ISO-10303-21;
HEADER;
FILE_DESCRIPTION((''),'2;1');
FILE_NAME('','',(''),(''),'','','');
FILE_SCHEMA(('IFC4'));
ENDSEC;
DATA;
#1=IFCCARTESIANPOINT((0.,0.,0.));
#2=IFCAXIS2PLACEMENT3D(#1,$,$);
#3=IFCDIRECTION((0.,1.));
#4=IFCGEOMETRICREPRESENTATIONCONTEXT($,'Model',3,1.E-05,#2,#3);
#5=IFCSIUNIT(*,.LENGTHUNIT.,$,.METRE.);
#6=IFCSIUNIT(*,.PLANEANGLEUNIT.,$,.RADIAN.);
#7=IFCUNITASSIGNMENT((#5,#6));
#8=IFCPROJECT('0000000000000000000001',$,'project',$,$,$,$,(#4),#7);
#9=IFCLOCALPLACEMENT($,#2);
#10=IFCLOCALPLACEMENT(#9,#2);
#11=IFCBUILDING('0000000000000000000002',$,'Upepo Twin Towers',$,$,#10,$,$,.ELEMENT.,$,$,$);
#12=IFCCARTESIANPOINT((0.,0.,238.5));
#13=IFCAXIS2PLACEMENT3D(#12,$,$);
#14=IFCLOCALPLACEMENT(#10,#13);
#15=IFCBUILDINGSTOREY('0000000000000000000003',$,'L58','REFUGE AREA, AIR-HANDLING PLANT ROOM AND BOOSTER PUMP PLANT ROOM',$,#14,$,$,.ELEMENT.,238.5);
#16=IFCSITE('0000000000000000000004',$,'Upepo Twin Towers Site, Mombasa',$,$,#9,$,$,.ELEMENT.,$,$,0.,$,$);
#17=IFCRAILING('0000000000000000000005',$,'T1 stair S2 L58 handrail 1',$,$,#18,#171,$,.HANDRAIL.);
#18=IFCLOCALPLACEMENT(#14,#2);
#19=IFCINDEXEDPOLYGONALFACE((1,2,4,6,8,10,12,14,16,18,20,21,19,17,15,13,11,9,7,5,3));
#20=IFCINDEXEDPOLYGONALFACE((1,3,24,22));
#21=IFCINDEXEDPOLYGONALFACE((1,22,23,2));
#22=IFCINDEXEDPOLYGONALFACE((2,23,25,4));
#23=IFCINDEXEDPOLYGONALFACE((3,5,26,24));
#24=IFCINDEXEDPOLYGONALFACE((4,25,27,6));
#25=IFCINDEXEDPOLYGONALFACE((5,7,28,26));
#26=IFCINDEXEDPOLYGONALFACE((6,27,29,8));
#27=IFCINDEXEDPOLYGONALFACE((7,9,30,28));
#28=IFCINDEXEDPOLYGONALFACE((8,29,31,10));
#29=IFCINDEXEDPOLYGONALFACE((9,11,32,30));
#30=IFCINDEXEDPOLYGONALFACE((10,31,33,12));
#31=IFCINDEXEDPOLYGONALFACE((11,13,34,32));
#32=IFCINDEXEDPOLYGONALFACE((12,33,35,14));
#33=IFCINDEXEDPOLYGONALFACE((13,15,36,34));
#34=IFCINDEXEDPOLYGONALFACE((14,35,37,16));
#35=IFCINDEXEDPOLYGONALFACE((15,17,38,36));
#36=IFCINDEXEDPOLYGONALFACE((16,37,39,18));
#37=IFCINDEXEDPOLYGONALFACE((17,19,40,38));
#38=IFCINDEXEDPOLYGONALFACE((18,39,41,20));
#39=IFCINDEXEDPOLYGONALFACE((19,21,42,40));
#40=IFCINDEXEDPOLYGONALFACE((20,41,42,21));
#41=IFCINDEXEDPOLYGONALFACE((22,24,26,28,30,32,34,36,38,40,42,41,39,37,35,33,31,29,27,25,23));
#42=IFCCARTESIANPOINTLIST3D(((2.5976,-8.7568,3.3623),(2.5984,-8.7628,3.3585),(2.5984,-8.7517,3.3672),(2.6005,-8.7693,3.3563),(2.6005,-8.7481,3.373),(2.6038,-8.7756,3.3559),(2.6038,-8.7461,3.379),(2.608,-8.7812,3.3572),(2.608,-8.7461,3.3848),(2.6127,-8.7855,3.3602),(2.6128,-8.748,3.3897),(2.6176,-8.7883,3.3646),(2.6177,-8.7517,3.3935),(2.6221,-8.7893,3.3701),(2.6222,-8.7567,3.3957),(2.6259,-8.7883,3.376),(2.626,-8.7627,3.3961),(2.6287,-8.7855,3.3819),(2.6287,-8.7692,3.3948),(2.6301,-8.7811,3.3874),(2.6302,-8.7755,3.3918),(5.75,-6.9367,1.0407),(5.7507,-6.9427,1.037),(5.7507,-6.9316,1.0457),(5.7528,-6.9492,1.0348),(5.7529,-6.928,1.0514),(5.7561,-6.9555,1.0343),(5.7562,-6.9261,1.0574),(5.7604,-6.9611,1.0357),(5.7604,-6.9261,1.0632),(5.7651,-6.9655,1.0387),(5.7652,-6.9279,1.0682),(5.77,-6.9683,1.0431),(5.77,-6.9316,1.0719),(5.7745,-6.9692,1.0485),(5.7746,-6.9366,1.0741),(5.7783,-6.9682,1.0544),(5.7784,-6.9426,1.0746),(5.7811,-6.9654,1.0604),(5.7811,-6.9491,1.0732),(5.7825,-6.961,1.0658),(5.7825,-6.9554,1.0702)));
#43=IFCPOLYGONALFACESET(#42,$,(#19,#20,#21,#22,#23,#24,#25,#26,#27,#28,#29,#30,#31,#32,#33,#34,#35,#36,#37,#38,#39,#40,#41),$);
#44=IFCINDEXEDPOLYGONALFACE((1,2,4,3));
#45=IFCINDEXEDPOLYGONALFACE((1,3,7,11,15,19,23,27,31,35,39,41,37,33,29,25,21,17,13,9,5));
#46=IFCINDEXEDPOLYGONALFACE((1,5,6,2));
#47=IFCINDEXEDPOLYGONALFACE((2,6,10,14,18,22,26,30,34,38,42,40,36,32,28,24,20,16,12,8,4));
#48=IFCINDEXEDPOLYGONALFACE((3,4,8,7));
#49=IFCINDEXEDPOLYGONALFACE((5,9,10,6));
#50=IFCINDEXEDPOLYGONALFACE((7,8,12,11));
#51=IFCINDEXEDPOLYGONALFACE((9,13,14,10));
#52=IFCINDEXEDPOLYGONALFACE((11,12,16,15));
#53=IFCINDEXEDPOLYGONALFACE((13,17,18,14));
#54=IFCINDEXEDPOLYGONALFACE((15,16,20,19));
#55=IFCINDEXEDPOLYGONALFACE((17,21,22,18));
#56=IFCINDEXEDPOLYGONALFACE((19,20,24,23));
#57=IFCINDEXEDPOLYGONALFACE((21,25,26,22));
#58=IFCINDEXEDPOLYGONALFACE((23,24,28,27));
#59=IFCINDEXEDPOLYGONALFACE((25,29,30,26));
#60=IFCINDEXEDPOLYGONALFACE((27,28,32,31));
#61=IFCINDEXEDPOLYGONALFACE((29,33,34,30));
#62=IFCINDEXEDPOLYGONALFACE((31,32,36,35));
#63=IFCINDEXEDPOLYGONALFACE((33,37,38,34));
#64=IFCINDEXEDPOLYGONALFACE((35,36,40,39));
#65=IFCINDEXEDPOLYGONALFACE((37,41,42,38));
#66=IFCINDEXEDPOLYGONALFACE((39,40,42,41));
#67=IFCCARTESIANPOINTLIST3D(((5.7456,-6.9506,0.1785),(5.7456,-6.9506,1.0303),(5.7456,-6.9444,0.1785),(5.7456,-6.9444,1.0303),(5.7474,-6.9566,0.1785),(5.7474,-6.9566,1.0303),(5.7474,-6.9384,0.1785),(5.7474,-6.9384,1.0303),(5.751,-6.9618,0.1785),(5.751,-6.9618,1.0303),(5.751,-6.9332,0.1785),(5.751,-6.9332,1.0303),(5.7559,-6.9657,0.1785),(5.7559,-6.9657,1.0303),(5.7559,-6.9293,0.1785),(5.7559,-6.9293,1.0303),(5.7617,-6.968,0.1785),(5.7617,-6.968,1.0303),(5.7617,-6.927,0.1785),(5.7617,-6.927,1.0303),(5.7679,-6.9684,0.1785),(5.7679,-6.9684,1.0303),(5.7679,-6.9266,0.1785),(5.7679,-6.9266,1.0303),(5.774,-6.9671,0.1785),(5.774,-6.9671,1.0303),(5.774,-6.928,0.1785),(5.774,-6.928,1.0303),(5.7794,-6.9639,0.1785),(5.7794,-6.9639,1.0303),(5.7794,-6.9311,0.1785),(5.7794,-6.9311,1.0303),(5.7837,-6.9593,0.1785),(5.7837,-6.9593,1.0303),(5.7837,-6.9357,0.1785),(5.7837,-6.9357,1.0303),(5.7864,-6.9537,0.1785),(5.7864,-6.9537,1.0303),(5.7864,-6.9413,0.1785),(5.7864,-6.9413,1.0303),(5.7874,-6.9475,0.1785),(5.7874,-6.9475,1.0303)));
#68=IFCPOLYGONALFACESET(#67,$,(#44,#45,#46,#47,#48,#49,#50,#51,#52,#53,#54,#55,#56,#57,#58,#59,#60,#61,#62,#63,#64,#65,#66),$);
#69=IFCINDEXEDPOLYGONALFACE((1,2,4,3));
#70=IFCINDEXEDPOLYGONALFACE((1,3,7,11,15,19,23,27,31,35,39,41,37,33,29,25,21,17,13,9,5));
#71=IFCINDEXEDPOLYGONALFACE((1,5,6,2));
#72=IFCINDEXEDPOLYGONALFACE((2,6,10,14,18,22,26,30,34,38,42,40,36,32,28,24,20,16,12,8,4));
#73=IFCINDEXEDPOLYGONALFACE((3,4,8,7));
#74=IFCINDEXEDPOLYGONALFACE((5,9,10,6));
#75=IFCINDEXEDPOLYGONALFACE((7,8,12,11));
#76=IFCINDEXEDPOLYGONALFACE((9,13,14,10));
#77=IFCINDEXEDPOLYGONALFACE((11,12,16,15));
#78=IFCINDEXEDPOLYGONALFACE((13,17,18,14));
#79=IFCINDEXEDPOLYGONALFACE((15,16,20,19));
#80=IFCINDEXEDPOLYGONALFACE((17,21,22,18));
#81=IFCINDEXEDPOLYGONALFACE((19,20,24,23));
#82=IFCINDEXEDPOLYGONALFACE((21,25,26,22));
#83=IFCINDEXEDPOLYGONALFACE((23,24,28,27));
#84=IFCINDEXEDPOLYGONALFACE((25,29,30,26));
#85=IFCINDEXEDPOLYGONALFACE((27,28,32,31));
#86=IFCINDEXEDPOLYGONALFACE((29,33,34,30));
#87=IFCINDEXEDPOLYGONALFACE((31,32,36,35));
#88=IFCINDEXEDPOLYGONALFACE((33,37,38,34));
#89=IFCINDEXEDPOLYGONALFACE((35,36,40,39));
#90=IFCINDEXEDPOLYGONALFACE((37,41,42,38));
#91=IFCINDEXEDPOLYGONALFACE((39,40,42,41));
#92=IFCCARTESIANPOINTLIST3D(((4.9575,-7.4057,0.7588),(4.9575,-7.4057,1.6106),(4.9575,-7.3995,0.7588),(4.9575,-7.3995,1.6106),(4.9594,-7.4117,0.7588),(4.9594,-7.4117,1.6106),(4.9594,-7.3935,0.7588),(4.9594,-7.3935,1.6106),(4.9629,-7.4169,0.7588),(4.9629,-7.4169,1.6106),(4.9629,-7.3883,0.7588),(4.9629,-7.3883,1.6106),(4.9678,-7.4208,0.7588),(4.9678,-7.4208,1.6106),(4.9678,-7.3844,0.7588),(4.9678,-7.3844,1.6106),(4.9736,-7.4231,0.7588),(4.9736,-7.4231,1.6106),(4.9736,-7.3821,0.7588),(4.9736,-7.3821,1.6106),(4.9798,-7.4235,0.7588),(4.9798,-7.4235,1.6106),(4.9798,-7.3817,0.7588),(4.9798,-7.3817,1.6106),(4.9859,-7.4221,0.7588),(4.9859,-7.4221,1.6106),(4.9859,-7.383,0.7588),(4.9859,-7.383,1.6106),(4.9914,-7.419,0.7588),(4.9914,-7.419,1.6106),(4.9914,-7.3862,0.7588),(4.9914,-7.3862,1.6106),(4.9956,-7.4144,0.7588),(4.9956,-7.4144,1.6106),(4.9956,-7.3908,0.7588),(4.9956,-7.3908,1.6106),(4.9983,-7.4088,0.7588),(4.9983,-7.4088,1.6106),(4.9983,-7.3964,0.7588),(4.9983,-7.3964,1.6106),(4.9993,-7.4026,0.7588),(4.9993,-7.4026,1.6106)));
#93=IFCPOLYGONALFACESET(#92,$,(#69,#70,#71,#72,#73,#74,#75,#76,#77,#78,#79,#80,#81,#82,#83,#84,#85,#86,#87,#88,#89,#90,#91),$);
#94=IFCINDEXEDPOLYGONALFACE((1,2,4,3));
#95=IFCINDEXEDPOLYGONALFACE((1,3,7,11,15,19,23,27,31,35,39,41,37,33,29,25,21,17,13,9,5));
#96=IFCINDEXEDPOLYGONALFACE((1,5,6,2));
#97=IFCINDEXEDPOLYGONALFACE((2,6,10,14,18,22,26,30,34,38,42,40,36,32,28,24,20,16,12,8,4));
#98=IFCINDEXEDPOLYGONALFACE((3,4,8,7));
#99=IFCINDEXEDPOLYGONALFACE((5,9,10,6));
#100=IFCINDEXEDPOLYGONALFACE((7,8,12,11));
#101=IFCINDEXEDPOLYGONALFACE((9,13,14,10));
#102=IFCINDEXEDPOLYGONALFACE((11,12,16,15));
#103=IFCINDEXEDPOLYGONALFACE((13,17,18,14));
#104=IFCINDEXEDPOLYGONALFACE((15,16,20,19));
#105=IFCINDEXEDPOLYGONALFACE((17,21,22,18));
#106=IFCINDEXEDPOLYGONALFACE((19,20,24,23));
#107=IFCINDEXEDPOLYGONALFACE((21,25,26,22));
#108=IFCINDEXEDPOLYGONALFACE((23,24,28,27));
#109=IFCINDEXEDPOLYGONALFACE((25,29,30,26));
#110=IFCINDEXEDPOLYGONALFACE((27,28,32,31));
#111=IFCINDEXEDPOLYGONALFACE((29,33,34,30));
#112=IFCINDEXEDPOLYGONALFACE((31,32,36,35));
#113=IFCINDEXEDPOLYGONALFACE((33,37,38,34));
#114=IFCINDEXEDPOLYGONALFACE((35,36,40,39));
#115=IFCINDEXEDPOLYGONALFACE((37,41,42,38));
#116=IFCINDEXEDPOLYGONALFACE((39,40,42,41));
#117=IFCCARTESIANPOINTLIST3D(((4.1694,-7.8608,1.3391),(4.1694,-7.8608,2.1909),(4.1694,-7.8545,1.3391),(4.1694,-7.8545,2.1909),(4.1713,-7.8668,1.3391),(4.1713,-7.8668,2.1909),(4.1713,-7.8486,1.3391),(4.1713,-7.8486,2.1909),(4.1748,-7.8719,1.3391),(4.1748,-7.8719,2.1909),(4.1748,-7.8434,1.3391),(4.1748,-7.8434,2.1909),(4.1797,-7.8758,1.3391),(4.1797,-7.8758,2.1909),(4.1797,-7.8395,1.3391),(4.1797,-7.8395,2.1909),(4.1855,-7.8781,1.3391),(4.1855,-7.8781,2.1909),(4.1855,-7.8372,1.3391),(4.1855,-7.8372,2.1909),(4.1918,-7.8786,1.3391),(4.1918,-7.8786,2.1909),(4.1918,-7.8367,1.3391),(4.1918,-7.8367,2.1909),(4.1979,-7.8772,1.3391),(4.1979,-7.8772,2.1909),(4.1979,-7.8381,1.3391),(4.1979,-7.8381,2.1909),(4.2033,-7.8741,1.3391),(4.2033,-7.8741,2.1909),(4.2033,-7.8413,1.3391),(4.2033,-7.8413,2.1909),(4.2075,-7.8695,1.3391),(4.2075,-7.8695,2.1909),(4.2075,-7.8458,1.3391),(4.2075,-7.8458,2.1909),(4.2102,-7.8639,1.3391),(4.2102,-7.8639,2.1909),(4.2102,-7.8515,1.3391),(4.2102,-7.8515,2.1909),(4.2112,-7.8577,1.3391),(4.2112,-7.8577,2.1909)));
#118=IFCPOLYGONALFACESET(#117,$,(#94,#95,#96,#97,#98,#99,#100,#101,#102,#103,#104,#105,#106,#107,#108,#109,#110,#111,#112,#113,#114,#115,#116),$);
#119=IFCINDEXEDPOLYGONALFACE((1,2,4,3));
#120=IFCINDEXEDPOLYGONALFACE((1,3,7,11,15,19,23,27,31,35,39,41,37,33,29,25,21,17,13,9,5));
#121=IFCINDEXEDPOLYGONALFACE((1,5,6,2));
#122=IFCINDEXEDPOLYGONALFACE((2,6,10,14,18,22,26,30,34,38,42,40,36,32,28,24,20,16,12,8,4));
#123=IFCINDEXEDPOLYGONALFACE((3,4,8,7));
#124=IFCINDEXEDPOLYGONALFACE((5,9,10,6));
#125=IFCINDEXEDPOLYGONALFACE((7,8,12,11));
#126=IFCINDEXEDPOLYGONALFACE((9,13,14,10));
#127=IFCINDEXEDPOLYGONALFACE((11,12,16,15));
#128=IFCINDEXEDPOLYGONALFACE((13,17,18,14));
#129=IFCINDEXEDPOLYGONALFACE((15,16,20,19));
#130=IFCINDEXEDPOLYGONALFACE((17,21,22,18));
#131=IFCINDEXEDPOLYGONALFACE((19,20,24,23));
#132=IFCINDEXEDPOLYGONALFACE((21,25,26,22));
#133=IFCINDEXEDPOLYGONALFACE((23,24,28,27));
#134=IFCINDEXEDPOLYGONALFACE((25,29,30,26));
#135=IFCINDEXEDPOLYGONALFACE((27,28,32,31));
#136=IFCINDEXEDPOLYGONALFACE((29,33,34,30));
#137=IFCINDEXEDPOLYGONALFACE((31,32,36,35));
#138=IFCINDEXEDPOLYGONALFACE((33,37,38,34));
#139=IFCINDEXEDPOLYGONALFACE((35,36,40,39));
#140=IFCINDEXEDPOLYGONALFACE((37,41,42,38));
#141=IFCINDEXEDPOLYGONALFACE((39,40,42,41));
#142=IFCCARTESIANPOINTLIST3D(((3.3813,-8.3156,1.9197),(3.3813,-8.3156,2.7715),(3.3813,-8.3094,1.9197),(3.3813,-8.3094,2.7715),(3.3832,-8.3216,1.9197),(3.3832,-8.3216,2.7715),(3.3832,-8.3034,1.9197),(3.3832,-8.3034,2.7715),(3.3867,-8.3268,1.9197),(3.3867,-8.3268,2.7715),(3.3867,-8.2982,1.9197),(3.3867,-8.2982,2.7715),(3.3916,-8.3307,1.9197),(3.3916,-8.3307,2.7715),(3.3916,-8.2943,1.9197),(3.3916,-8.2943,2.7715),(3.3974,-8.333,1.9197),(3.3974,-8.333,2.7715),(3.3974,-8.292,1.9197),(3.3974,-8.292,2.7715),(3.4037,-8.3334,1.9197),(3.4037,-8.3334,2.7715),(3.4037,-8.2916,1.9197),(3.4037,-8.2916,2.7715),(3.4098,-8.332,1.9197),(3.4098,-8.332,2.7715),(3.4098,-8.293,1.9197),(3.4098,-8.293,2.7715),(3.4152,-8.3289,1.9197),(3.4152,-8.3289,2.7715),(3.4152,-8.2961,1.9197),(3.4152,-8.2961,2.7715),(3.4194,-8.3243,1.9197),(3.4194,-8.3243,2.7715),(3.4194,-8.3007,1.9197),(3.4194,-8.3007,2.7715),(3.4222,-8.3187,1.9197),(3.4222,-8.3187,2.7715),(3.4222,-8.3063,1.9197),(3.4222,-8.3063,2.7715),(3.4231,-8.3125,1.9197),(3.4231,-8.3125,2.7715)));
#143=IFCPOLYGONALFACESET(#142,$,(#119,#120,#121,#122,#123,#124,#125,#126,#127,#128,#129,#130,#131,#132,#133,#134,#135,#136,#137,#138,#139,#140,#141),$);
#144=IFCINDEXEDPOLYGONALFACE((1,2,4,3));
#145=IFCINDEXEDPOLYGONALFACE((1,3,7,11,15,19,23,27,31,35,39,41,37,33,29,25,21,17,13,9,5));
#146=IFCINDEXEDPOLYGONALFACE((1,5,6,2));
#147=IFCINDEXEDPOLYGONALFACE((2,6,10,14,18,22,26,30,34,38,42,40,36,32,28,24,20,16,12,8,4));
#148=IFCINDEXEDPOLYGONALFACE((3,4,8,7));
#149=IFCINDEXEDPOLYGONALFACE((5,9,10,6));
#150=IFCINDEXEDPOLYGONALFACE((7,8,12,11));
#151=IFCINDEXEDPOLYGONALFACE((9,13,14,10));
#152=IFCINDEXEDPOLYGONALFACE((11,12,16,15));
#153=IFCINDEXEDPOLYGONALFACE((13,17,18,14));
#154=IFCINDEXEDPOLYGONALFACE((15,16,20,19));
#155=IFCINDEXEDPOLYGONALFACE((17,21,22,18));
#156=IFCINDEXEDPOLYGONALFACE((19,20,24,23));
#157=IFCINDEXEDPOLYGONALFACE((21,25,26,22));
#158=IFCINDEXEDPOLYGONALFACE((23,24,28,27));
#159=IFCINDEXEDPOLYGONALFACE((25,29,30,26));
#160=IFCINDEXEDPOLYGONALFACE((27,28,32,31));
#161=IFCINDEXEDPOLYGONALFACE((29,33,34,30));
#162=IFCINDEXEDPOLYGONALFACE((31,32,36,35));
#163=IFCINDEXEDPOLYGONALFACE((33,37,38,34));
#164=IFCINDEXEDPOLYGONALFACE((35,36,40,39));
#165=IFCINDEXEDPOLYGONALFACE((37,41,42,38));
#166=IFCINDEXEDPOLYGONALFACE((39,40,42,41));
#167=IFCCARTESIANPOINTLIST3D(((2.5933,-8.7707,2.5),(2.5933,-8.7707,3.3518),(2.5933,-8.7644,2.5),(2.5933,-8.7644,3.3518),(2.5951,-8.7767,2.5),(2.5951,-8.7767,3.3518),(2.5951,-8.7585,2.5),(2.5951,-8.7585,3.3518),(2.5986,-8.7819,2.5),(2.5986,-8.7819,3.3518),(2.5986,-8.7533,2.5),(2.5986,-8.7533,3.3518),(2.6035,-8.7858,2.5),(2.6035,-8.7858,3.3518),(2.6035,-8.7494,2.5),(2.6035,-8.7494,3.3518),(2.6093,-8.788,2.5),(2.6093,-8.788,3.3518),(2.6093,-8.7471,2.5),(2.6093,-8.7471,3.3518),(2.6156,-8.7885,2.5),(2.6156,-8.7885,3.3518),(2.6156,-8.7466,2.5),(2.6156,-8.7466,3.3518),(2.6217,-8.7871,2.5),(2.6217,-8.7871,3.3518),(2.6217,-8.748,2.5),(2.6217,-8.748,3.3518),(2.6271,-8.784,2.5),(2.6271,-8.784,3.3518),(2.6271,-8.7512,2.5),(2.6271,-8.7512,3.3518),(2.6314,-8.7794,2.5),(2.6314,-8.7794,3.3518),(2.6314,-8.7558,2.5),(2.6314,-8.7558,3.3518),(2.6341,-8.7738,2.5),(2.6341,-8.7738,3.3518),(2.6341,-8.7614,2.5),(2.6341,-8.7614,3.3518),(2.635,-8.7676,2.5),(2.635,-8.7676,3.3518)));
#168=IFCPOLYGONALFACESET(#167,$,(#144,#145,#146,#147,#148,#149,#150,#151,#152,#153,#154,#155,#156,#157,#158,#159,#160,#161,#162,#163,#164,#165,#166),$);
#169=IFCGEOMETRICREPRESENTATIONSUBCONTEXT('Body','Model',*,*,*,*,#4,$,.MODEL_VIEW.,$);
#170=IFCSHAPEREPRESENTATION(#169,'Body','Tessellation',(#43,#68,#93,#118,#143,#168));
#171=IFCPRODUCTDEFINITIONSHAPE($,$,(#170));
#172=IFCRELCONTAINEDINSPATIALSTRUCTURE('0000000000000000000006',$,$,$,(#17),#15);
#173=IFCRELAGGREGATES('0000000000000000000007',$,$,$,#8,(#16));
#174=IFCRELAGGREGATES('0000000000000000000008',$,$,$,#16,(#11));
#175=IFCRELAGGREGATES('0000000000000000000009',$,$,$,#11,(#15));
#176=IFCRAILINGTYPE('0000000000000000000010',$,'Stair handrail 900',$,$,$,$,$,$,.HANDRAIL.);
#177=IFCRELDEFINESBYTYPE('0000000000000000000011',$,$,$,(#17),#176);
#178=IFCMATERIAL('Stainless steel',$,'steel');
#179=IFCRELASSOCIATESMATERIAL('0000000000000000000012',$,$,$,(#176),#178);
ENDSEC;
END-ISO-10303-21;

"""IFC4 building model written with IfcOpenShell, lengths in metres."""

from ifc_helpers import new_model, si_unit, direction, frame, origin, origin_2d, place, context, subcontext, project, spatial, circle, extrude, material, type_object, element, save


model = new_model("IFC4")

# Units and contexts
model_context = context("Model", 3, precision=1e-05, world=origin(), true_north=direction((0.0, 1.0)))
body_context = subcontext(model_context, "Body", "Model", "MODEL_VIEW")
ifc_project = project(units=[si_unit("LENGTHUNIT", "METRE"), si_unit("PLANEANGLEUNIT", "RADIAN")], contexts=[model_context])

# Site, building, storey
site_placement = place(None, origin())
site = spatial("IfcSite", under=ifc_project, at=site_placement, Name="Upepo Twin Towers Site, Mombasa", CompositionType="ELEMENT", RefElevation=0.0)
building_placement = place(site_placement, origin())
building = spatial("IfcBuilding", under=site, at=building_placement, Name="Upepo Twin Towers", CompositionType="ELEMENT")
storey_placement = place(building_placement, frame((0.0, 0.0, 238.5)))
storey = spatial("IfcBuildingStorey", under=building, at=storey_placement, Name="L58", Description="REFUGE AREA, AIR-HANDLING PLANT ROOM AND BOOSTER PUMP PLANT ROOM", CompositionType="ELEMENT", Elevation=238.5)

# Railing
ifc_material_1 = material(Name="Stainless steel", Category="steel")
railing_type_1 = type_object("IfcRailingType", Name="Stair handrail 900", PredefinedType="HANDRAIL", material=ifc_material_1)
railing_1_placement = place(storey_placement, frame((5.7664, -6.9475, 0.1785)))
element("IfcRailing", 1, at=railing_1_placement, inside=storey, type_object=railing_type_1, Name="T1 stair S2 L58 handrail 1", PredefinedType="HANDRAIL", context=body_context, shape_type="SweptSolid", body=[
    extrude(circle(Radius=0.0239, at=origin_2d()), frame((0.0, 0.0, 0.876), z_axis=(-0.730159, -0.421572, 0.537723), x_axis=(0.500013, -0.866018, 0.0)), (0.0, 0.0, 1.0), 4.3174),
    extrude(circle(Radius=0.021, at=origin_2d()), origin(), (0.0, 0.0, 1.0), 0.8518),
    extrude(circle(Radius=0.021, at=origin_2d()), frame((-0.7881, -0.4551, 0.5803)), (0.0, 0.0, 1.0), 0.8518),
    extrude(circle(Radius=0.021, at=origin_2d()), frame((-1.5762, -0.9102, 1.1606)), (0.0, 0.0, 1.0), 0.8518),
    extrude(circle(Radius=0.021, at=origin_2d()), frame((-2.3643, -1.365, 1.7412)), (0.0, 0.0, 1.0), 0.8518),
    extrude(circle(Radius=0.021, at=origin_2d()), frame((-3.1523, -1.8201, 2.3215)), (0.0, 0.0, 1.0), 0.8518),
])

save(model, "model.ifc")
